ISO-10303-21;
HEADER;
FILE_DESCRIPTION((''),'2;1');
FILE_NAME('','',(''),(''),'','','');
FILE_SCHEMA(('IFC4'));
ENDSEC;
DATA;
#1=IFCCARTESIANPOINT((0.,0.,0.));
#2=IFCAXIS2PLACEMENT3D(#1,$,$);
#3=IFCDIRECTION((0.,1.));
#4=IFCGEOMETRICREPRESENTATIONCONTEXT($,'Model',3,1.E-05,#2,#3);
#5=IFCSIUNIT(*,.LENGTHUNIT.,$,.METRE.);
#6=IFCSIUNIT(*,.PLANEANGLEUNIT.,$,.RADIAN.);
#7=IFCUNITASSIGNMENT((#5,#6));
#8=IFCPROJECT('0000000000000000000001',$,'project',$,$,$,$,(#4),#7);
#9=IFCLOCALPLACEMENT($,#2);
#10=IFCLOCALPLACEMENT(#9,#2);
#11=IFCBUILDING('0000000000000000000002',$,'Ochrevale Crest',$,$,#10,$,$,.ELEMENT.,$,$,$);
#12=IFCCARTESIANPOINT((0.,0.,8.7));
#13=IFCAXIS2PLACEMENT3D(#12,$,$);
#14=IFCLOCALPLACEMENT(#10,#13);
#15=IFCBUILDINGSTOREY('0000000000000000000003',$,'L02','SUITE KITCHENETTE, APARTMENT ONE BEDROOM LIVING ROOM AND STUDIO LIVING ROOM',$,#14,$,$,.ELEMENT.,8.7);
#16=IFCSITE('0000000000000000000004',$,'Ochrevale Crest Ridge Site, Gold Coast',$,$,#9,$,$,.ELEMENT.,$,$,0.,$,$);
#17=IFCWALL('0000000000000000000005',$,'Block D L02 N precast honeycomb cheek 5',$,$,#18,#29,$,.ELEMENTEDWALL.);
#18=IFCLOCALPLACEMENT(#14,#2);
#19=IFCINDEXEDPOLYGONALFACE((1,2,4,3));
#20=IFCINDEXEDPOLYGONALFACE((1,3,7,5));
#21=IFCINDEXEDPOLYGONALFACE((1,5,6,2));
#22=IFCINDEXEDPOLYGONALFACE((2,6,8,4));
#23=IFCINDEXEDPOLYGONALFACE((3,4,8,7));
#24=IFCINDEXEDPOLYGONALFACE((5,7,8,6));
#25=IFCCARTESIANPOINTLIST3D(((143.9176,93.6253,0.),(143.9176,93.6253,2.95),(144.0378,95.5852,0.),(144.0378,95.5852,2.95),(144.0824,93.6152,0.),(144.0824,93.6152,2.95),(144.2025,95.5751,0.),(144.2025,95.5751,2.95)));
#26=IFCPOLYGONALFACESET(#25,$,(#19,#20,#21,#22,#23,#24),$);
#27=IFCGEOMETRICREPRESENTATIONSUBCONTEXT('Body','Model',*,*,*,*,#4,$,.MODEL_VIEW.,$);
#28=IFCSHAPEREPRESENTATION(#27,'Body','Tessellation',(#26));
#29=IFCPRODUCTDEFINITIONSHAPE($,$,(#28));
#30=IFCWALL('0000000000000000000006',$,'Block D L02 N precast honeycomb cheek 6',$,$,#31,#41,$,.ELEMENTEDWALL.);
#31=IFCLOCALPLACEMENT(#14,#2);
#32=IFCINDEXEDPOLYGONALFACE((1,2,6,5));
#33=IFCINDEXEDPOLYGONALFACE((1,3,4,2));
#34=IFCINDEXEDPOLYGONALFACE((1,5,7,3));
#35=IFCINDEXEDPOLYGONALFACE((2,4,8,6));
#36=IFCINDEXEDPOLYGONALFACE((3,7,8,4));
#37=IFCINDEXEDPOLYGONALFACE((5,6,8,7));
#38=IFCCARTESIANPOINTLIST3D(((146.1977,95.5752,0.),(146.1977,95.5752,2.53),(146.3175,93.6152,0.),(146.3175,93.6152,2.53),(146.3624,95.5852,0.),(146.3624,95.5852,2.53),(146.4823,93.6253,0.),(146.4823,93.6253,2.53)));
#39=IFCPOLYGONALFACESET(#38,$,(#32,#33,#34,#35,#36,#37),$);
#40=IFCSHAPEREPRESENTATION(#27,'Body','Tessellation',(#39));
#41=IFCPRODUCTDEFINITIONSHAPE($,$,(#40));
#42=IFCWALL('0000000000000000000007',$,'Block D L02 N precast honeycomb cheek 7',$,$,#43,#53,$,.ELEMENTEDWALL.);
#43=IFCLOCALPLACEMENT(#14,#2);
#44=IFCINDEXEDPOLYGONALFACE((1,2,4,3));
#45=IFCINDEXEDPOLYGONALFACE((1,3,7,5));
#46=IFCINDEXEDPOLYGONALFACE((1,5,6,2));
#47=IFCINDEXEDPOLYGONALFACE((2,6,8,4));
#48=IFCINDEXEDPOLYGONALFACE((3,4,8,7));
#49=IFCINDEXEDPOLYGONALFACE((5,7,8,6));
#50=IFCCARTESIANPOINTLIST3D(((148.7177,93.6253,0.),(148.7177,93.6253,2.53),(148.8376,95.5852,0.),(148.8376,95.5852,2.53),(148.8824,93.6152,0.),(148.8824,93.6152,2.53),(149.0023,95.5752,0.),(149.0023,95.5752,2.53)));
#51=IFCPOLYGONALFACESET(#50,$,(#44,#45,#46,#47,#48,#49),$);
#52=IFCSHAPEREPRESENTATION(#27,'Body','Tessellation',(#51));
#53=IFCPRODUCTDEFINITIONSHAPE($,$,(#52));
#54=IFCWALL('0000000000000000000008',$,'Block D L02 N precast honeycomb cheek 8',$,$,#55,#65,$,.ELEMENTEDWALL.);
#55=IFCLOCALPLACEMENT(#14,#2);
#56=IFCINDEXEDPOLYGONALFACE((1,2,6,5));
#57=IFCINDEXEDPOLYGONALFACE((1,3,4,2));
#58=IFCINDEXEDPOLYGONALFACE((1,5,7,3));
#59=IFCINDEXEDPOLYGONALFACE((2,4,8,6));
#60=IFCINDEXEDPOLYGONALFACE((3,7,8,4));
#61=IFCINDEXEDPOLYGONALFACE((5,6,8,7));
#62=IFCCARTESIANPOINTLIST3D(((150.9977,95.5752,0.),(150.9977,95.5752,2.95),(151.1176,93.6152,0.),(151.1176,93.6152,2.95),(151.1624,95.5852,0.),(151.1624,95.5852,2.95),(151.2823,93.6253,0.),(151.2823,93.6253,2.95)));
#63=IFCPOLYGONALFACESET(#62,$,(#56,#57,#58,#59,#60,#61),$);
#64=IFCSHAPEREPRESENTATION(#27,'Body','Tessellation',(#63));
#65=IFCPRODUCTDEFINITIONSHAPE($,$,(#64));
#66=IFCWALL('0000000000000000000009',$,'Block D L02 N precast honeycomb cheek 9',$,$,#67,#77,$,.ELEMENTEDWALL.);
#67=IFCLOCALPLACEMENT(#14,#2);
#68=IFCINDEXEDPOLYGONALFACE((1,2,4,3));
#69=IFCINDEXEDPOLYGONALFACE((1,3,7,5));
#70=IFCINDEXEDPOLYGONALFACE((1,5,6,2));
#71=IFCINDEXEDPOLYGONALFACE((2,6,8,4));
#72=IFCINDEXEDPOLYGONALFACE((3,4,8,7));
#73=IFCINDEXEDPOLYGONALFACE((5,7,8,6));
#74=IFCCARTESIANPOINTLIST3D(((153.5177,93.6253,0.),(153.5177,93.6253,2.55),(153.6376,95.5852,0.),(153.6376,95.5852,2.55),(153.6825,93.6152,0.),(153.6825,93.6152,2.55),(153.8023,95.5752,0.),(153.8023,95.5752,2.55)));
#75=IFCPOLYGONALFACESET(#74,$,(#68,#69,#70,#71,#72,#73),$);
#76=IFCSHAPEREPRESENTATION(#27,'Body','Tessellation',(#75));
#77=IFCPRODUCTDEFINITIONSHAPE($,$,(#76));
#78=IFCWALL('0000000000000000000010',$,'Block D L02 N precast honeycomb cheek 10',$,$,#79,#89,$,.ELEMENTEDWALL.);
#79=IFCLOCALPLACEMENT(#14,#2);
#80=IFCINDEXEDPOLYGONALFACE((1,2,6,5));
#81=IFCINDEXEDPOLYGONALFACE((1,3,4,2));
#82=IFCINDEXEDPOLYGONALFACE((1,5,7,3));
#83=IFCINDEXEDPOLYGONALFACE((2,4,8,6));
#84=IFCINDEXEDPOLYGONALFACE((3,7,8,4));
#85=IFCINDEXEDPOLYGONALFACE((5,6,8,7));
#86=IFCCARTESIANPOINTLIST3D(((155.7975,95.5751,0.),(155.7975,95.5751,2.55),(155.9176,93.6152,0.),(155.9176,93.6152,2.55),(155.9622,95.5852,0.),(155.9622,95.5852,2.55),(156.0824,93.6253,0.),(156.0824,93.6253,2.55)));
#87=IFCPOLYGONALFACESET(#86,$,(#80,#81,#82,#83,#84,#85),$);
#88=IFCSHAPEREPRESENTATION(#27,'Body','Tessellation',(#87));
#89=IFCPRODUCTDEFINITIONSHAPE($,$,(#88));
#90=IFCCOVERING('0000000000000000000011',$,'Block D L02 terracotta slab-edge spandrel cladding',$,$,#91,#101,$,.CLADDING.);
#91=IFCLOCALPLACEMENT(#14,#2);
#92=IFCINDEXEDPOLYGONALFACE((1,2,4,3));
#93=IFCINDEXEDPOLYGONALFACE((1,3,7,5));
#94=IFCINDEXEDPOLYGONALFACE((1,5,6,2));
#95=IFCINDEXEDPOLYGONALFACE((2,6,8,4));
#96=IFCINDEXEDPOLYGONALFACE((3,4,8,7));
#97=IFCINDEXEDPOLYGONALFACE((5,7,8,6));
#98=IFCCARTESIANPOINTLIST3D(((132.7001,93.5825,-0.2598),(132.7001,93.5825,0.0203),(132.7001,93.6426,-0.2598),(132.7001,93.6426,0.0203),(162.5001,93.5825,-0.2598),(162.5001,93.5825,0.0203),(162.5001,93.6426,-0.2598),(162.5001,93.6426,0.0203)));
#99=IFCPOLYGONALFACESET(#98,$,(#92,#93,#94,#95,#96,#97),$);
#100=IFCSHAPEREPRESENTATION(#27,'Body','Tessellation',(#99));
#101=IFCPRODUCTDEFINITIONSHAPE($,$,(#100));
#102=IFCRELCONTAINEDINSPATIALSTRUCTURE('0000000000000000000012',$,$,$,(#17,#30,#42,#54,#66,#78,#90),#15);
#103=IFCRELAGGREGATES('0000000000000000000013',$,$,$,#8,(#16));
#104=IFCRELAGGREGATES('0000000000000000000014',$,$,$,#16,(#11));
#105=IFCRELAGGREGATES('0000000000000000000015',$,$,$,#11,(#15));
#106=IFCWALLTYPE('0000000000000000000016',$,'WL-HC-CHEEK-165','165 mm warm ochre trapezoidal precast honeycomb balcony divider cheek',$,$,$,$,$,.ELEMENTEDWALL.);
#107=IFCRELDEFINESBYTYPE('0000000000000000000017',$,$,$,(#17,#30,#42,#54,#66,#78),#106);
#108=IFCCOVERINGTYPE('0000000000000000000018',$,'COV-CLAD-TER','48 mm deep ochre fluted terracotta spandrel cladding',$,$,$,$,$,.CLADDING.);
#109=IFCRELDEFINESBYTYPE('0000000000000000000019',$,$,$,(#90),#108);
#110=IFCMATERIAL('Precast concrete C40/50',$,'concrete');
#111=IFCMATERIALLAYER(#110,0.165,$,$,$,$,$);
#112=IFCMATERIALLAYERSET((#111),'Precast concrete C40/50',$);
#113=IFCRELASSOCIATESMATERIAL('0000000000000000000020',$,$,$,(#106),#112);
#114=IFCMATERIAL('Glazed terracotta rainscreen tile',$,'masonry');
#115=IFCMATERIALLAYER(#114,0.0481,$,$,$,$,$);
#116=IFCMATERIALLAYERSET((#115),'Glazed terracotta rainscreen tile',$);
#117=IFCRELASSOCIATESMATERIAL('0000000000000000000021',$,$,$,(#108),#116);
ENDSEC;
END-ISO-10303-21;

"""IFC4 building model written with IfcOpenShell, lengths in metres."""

from ifc_helpers import new_model, si_unit, direction, frame, frame_2d, origin, origin_2d, place, context, subcontext, project, spatial, rectangle, extrude, material, layer, layer_set, type_object, element, save


model = new_model("IFC4")

# Units and contexts
model_context = context("Model", 3, precision=1e-05, world=origin(), true_north=direction((0.0, 1.0)))
body_context = subcontext(model_context, "Body", "Model", "MODEL_VIEW")
ifc_project = project(units=[si_unit("LENGTHUNIT", "METRE"), si_unit("PLANEANGLEUNIT", "RADIAN")], contexts=[model_context])

# Site, building, storey
site_placement = place(None, origin())
site = spatial("IfcSite", under=ifc_project, at=site_placement, Name="Ochrevale Crest Ridge Site, Gold Coast", CompositionType="ELEMENT", RefElevation=0.0)
building_placement = place(site_placement, origin())
building = spatial("IfcBuilding", under=site, at=building_placement, Name="Ochrevale Crest", CompositionType="ELEMENT")
storey_placement = place(building_placement, frame((0.0, 0.0, 8.7)))
storey = spatial("IfcBuildingStorey", under=building, at=storey_placement, Name="L02", Description="SUITE KITCHENETTE, APARTMENT ONE BEDROOM LIVING ROOM AND STUDIO LIVING ROOM", CompositionType="ELEMENT", Elevation=8.7)

# Shared definitions
ifc_material_1 = material(Name="Precast concrete C40/50", Category="concrete")

# Walls
ifc_layer_1 = layer(ifc_material_1, 0.165)
ifc_layer_set_1 = layer_set([ifc_layer_1], Name="Precast concrete C40/50")
wall_type = type_object("IfcWallType", Name="WL-HC-CHEEK-165", Description="165 mm warm ochre trapezoidal precast honeycomb balcony divider cheek", PredefinedType="ELEMENTEDWALL", material=ifc_layer_set_1)
wall_1_placement = place(storey_placement, frame((144.0, 93.6201, 0.0), z_axis=(0.0, 0.0, 1.0), x_axis=(0.061171, 0.998127, 0.0)))
element("IfcWall", 1, at=wall_1_placement, inside=storey, type_object=wall_type, Name="Block D L02 N precast honeycomb cheek 5", PredefinedType="ELEMENTEDWALL", context=body_context, shape_type="SweptSolid", body=[
    extrude(rectangle(XDim=1.9636, YDim=0.165, at=frame_2d((0.9819, 0.0))), origin(), (0.0, 0.0, 1.0), 2.95),
])
for number, where, z_axis, x_axis, name in (
    (2, (146.3999, 93.6201, 0.0), (0.0, 0.0, 1.0), (-0.061047, 0.998135, 0.0), "Block D L02 N precast honeycomb cheek 6"),
    (3, (148.8, 93.6201, 0.0), (0.0, 0.0, 1.0), (0.061047, 0.998135, 0.0), "Block D L02 N precast honeycomb cheek 7"),
):
    element("IfcWall", number, at=place(storey_placement, frame(where, z_axis=z_axis, x_axis=x_axis)), inside=storey, type_object=wall_type, Name=name, PredefinedType="ELEMENTEDWALL", context=body_context, shape_type="SweptSolid", body=[
        extrude(rectangle(XDim=1.9636, YDim=0.165, at=frame_2d((0.9819, 0.0))), origin(), (0.0, 0.0, 1.0), 2.53),
    ])
wall_2_placement = place(storey_placement, frame((151.2, 93.6201, 0.0), z_axis=(0.0, 0.0, 1.0), x_axis=(-0.061047, 0.998135, 0.0)))
element("IfcWall", 4, at=wall_2_placement, inside=storey, type_object=wall_type, Name="Block D L02 N precast honeycomb cheek 8", PredefinedType="ELEMENTEDWALL", context=body_context, shape_type="SweptSolid", body=[
    extrude(rectangle(XDim=1.9636, YDim=0.165, at=frame_2d((0.9819, 0.0))), origin(), (0.0, 0.0, 1.0), 2.95),
])
for number, where, z_axis, x_axis, name in (
    (5, (153.6001, 93.6201, 0.0), (0.0, 0.0, 1.0), (0.061047, 0.998135, 0.0), "Block D L02 N precast honeycomb cheek 9"),
    (6, (156.0, 93.6201, 0.0), (0.0, 0.0, 1.0), (-0.061171, 0.998127, 0.0), "Block D L02 N precast honeycomb cheek 10"),
):
    element("IfcWall", number, at=place(storey_placement, frame(where, z_axis=z_axis, x_axis=x_axis)), inside=storey, type_object=wall_type, Name=name, PredefinedType="ELEMENTEDWALL", context=body_context, shape_type="SweptSolid", body=[
        extrude(rectangle(XDim=1.9636, YDim=0.165, at=frame_2d((0.9819, 0.0))), origin(), (0.0, 0.0, 1.0), 2.55),
    ])

# Covering
ifc_material_2 = material(Name="Glazed terracotta rainscreen tile", Category="masonry")
ifc_layer_2 = layer(ifc_material_2, 0.0481)
ifc_layer_set_2 = layer_set([ifc_layer_2], Name="Glazed terracotta rainscreen tile")
covering_type = type_object("IfcCoveringType", Name="COV-CLAD-TER", Description="48 mm deep ochre fluted terracotta spandrel cladding", PredefinedType="CLADDING", material=ifc_layer_set_2)
covering_placement = place(storey_placement, frame((147.6001, 93.6125, -0.2598), z_axis=(0.0, 0.0, 1.0), x_axis=(-1.0, 0.0, 0.0)))
element("IfcCovering", 7, at=covering_placement, inside=storey, type_object=covering_type, Name="Block D L02 terracotta slab-edge spandrel cladding", PredefinedType="CLADDING", context=body_context, shape_type="SweptSolid", body=[
    extrude(rectangle(XDim=29.8, YDim=0.0601, at=origin_2d()), origin(), (0.0, 0.0, 1.0), 0.28),
])

save(model, "model.ifc")
